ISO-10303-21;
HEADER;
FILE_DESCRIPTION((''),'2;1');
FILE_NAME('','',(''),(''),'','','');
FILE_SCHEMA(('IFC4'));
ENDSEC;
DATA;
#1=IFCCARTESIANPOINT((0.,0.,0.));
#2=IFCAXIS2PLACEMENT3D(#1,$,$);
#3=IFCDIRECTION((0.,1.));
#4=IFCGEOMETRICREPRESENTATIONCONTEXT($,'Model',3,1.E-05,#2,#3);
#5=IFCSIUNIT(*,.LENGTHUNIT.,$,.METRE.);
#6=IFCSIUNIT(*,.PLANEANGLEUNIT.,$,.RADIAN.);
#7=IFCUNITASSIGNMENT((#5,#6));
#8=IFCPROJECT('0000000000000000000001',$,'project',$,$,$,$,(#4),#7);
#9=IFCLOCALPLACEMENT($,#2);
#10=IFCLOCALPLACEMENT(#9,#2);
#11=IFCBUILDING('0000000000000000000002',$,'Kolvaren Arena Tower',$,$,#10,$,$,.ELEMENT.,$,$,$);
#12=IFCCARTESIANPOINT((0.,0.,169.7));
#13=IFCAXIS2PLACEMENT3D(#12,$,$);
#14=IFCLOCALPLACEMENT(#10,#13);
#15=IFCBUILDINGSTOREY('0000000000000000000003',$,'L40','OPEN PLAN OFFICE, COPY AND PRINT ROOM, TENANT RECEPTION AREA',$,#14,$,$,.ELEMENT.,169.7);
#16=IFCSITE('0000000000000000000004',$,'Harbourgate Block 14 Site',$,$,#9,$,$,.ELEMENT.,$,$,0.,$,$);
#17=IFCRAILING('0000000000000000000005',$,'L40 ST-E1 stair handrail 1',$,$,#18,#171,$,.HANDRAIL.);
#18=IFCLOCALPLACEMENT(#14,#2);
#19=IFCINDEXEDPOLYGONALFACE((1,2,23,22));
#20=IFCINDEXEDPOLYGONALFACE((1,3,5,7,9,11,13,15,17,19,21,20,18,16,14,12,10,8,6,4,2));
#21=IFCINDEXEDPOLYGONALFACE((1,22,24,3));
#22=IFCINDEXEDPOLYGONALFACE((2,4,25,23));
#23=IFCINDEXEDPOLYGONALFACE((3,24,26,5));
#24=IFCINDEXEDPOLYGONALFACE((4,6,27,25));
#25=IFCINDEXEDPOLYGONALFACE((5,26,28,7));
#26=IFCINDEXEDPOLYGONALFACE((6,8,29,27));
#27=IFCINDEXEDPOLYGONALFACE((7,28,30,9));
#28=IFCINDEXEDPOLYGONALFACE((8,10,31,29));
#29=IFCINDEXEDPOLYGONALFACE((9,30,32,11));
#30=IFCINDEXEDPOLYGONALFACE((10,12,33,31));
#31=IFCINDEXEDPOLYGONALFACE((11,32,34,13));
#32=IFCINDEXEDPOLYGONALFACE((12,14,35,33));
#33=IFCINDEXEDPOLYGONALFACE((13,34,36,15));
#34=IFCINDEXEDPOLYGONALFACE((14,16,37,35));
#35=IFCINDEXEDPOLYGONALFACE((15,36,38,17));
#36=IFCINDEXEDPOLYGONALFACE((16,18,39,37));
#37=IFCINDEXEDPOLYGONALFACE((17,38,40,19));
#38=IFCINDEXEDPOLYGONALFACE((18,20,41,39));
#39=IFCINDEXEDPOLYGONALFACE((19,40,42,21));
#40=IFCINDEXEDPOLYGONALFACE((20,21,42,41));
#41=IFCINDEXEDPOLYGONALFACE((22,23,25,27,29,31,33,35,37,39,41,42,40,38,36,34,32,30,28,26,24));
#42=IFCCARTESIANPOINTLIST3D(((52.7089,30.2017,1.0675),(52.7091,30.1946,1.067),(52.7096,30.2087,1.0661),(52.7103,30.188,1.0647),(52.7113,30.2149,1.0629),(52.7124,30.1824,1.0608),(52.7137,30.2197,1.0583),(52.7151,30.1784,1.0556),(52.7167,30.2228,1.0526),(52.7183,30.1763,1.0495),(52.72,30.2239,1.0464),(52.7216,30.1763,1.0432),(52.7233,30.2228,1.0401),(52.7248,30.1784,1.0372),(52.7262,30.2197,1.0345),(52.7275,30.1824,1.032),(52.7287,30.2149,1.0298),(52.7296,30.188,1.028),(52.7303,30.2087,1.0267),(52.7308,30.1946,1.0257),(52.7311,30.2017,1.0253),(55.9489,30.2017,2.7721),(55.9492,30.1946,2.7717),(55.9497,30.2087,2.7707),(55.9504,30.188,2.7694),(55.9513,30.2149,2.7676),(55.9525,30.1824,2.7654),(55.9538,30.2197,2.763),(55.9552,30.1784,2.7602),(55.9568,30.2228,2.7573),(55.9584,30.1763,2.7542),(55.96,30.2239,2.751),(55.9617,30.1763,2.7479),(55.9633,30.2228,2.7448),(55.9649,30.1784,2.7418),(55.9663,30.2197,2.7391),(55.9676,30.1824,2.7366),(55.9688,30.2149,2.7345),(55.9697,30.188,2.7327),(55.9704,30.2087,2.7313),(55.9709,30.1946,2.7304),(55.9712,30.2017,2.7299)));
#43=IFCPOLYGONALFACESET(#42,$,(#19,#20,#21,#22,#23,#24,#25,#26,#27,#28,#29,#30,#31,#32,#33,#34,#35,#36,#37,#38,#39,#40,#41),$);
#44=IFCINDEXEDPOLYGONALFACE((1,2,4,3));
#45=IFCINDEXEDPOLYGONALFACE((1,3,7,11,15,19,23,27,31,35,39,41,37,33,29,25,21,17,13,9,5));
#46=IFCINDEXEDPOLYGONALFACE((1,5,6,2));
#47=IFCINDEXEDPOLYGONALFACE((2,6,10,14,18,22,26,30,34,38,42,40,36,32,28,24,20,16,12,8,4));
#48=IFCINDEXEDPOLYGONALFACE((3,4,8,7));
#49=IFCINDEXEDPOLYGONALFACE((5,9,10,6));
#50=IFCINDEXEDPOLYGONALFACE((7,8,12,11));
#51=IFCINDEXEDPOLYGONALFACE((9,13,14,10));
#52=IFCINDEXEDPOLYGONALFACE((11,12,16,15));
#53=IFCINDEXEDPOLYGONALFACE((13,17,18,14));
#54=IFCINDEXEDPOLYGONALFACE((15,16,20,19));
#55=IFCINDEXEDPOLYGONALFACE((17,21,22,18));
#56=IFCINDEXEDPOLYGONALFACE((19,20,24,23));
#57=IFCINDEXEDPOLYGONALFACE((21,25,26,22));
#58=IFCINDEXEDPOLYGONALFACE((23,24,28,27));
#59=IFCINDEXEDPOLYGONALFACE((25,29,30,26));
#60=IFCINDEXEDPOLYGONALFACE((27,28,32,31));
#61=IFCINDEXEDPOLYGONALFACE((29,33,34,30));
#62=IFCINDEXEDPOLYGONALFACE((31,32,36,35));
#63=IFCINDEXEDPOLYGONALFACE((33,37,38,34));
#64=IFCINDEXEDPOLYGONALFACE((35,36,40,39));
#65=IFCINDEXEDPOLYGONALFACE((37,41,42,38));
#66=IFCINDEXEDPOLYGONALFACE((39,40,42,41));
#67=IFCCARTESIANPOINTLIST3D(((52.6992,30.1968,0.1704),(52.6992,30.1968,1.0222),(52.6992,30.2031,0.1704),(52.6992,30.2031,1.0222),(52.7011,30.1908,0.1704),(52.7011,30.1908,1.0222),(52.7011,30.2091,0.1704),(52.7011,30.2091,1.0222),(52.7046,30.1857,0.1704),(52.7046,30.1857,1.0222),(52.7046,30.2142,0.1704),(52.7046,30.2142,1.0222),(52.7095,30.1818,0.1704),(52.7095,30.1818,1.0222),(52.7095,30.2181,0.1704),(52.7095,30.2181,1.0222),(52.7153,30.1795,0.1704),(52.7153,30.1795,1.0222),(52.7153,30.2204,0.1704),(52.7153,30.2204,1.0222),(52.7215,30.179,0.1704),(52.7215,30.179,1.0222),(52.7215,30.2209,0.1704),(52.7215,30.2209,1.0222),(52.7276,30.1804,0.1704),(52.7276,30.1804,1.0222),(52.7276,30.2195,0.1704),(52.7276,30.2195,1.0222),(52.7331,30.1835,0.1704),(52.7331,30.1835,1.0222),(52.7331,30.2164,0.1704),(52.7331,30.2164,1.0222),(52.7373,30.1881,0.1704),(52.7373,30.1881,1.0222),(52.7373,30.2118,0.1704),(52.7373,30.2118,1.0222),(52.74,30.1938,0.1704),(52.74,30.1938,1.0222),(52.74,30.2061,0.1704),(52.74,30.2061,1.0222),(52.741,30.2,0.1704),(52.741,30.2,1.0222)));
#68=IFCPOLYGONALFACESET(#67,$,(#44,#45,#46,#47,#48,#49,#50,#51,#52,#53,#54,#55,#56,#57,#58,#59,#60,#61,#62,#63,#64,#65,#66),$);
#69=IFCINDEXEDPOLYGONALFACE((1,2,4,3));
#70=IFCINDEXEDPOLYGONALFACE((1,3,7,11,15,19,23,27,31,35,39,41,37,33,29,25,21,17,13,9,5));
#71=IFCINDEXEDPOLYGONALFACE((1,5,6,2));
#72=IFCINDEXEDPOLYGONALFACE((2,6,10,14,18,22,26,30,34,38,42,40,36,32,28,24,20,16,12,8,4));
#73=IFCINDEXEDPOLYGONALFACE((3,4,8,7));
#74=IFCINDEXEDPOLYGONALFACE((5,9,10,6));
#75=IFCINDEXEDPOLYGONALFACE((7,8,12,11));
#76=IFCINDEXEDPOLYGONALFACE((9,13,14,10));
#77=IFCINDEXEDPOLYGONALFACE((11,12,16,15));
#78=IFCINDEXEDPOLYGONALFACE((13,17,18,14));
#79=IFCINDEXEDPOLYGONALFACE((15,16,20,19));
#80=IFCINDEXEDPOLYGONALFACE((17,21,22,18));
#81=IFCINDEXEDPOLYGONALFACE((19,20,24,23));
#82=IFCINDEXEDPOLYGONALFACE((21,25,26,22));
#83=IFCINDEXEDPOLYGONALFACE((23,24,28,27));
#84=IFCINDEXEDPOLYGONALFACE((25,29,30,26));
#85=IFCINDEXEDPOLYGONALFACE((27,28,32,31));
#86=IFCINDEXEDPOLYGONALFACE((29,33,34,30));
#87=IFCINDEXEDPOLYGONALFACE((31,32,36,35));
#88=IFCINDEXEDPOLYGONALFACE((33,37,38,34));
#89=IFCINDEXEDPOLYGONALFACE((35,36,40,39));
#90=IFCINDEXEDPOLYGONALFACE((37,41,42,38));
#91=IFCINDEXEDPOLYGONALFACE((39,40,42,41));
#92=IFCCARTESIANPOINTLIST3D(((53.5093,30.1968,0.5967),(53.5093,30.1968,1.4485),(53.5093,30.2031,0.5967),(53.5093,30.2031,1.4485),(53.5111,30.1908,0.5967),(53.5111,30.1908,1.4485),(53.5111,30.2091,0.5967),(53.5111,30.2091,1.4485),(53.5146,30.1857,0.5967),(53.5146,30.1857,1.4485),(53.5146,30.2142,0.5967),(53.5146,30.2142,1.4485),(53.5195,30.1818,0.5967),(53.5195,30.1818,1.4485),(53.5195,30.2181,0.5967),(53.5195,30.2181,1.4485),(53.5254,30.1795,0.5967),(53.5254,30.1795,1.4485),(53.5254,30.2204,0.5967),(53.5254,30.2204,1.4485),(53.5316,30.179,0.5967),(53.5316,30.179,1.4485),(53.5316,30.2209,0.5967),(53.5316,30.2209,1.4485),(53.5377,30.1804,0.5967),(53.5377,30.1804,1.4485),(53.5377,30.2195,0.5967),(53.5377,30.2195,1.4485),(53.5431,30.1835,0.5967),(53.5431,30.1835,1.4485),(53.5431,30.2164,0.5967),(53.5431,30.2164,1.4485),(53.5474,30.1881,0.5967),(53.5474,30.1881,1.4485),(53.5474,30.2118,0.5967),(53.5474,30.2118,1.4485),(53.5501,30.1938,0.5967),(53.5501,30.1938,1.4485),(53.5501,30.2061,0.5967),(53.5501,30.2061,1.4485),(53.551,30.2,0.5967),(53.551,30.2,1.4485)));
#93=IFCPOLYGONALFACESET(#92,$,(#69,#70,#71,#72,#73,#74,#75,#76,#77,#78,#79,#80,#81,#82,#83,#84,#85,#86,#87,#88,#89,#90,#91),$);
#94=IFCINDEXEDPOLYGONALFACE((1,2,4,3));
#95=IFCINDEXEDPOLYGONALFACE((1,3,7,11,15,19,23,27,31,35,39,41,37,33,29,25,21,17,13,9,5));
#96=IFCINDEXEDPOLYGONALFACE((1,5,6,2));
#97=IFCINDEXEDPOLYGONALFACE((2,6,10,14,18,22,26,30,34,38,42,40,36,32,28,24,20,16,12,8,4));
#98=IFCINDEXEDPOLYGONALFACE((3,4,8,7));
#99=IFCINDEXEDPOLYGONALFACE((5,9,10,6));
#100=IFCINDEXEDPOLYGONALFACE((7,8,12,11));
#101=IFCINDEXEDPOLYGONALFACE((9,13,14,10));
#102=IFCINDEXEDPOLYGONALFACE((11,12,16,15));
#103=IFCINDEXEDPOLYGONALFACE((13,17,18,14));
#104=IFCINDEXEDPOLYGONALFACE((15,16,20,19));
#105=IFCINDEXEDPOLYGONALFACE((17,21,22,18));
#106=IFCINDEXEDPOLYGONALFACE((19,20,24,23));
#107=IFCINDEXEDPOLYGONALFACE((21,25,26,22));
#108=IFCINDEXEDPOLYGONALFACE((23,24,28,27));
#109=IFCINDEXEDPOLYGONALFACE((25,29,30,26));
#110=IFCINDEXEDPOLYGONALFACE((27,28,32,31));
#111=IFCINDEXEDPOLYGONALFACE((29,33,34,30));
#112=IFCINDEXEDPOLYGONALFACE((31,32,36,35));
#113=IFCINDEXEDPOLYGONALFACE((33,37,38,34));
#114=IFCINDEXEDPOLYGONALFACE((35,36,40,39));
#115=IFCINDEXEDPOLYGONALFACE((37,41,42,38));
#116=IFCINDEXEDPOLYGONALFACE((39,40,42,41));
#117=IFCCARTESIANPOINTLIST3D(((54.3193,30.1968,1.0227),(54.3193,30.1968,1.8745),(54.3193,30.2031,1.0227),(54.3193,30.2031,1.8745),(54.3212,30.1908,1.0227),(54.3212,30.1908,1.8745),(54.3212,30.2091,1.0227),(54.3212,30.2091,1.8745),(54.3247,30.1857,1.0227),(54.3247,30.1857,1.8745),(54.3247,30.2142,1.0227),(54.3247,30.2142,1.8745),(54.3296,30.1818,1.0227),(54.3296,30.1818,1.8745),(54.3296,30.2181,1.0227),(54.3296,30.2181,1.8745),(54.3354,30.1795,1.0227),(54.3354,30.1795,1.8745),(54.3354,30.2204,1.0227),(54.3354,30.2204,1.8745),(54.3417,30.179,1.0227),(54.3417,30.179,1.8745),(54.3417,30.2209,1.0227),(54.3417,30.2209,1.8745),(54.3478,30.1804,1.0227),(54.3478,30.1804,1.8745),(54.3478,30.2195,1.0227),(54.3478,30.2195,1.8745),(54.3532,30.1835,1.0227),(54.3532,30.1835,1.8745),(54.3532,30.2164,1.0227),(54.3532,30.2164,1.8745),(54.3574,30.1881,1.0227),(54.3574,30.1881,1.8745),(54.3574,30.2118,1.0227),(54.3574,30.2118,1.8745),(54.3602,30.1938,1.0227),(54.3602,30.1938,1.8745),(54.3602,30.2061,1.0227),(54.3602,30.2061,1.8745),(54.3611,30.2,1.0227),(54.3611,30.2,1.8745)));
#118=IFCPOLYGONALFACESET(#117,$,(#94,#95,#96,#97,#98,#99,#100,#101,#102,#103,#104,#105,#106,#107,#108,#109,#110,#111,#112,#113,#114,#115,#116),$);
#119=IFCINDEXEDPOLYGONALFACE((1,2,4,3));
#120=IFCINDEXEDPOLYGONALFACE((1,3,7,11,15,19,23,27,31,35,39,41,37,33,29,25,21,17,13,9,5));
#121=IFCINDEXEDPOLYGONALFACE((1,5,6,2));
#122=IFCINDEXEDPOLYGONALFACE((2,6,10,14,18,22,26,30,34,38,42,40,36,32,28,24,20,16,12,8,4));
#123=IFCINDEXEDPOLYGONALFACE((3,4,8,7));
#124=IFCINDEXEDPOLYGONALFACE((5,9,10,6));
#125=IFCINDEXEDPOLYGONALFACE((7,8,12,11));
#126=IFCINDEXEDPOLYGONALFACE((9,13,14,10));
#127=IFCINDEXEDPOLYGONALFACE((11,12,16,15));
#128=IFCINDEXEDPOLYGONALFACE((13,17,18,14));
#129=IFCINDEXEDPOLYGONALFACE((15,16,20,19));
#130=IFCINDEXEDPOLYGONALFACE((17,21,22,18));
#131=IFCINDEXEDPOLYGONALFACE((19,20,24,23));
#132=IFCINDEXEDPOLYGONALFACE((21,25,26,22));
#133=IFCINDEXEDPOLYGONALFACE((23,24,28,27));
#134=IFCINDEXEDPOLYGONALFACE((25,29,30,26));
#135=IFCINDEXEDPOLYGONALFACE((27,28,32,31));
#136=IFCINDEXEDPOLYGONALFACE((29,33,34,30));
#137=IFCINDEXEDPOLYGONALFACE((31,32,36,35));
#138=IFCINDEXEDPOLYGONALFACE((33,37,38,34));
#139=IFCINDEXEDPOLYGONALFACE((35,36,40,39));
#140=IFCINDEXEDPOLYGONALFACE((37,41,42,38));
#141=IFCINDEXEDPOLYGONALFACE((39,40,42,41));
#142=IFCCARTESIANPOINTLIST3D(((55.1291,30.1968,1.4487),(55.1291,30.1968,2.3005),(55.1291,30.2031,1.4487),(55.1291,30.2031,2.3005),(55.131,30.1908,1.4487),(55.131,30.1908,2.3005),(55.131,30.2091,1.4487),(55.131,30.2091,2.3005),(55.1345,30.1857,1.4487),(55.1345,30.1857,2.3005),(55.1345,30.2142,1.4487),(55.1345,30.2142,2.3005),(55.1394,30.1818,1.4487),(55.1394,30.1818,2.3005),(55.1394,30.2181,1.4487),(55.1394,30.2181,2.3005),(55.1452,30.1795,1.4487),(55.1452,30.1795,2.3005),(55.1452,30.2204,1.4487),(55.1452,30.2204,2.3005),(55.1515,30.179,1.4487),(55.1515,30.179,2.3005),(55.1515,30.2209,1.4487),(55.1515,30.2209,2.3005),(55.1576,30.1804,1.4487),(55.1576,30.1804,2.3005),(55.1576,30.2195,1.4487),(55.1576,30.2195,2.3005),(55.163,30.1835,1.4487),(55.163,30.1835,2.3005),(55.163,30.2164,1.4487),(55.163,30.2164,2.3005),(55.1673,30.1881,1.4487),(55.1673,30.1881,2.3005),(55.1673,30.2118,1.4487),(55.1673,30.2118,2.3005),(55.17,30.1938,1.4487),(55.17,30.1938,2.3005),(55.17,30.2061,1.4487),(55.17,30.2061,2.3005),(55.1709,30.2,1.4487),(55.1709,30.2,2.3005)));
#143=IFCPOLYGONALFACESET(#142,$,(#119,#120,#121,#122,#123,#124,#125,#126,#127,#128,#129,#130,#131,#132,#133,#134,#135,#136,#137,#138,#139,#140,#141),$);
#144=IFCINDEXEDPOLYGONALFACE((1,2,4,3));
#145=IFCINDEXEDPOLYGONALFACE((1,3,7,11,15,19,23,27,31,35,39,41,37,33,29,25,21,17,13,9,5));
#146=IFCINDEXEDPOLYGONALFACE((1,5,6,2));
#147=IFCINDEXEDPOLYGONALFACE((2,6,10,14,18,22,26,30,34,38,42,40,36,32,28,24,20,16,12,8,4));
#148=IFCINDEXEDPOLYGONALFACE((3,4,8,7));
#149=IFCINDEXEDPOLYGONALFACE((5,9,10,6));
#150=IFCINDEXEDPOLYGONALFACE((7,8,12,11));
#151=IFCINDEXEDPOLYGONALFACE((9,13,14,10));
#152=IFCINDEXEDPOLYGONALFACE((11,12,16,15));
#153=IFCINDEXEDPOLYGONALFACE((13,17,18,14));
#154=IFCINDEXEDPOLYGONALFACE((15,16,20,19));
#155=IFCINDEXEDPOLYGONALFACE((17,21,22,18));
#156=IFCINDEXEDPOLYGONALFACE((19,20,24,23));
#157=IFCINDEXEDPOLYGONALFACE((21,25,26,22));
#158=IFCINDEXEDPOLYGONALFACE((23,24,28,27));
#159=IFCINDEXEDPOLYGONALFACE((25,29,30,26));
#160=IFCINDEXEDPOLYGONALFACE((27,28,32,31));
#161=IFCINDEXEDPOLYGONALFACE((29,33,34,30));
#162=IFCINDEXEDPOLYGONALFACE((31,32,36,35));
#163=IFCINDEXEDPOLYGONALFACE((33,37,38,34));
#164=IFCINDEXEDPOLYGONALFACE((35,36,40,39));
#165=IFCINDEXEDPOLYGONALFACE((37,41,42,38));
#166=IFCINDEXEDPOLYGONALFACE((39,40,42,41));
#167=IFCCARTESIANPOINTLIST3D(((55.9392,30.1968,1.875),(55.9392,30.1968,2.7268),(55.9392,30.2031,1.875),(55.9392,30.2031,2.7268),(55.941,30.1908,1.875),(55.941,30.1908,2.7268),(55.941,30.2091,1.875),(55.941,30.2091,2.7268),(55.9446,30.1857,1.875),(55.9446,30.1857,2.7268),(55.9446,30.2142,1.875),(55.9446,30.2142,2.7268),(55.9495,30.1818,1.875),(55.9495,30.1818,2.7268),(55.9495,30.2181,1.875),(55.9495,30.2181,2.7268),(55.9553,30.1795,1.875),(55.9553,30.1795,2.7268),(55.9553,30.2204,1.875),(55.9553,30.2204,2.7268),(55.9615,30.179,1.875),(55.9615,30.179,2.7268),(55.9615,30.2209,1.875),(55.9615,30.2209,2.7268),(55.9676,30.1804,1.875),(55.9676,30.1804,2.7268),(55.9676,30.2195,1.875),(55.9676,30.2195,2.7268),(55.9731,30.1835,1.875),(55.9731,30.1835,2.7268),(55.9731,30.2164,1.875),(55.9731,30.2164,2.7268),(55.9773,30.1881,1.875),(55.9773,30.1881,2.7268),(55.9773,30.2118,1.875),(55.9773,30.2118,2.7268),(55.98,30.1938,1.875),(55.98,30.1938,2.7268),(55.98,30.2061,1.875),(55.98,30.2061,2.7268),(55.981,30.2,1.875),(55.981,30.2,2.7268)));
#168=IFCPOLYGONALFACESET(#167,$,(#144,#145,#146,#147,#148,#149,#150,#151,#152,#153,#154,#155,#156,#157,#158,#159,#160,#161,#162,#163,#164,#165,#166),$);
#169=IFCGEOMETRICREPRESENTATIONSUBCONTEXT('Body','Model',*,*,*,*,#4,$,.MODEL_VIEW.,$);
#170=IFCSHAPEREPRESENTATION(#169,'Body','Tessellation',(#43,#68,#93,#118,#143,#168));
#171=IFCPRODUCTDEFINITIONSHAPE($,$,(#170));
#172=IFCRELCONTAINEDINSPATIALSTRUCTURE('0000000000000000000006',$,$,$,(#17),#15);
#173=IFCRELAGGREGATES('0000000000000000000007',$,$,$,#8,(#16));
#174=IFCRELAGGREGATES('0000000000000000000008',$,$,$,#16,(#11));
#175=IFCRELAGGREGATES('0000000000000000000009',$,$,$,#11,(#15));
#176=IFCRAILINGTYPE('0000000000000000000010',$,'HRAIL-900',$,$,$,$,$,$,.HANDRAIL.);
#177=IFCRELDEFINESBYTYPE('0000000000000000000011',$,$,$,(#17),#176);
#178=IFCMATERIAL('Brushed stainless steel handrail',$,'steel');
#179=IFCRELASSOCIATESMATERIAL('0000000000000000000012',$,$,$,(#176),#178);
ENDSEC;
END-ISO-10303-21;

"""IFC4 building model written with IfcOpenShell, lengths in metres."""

from ifc_helpers import new_model, si_unit, direction, frame, origin, origin_2d, place, context, subcontext, project, spatial, circle, extrude, material, type_object, element, save


model = new_model("IFC4")

# Units and contexts
model_context = context("Model", 3, precision=1e-05, world=origin(), true_north=direction((0.0, 1.0)))
body_context = subcontext(model_context, "Body", "Model", "MODEL_VIEW")
ifc_project = project(units=[si_unit("LENGTHUNIT", "METRE"), si_unit("PLANEANGLEUNIT", "RADIAN")], contexts=[model_context])

# Site, building, storey
site_placement = place(None, origin())
site = spatial("IfcSite", under=ifc_project, at=site_placement, Name="Harbourgate Block 14 Site", CompositionType="ELEMENT", RefElevation=0.0)
building_placement = place(site_placement, origin())
building = spatial("IfcBuilding", under=site, at=building_placement, Name="Kolvaren Arena Tower", CompositionType="ELEMENT")
storey_placement = place(building_placement, frame((0.0, 0.0, 169.7)))
storey = spatial("IfcBuildingStorey", under=building, at=storey_placement, Name="L40", Description="OPEN PLAN OFFICE, COPY AND PRINT ROOM, TENANT RECEPTION AREA", CompositionType="ELEMENT", Elevation=169.7)

# Railing
ifc_material_1 = material(Name="Brushed stainless steel handrail", Category="steel")
railing_type_1 = type_object("IfcRailingType", Name="HRAIL-900", PredefinedType="HANDRAIL", material=ifc_material_1)
railing_1_placement = place(storey_placement, frame((52.72, 30.2, 0.1704)))
element("IfcRailing", 1, at=railing_1_placement, inside=storey, type_object=railing_type_1, Name="L40 ST-E1 stair handrail 1", PredefinedType="HANDRAIL", context=body_context, shape_type="SweptSolid", body=[
    extrude(circle(Radius=0.0239, at=origin_2d()), frame((0.0, 0.0, 0.876), z_axis=(0.884993, 0.0, 0.465604), x_axis=(0.0, 1.0, 0.0)), (0.0, 0.0, 1.0), 3.6611),
    extrude(circle(Radius=0.021, at=origin_2d()), origin(), (0.0, 0.0, 1.0), 0.8518),
    extrude(circle(Radius=0.021, at=origin_2d()), frame((0.8101, 0.0, 0.4263)), (0.0, 0.0, 1.0), 0.8518),
    extrude(circle(Radius=0.021, at=origin_2d()), frame((1.6201, 0.0, 0.8523)), (0.0, 0.0, 1.0), 0.8518),
    extrude(circle(Radius=0.021, at=origin_2d()), frame((2.4299, 0.0, 1.2783)), (0.0, 0.0, 1.0), 0.8518),
    extrude(circle(Radius=0.021, at=origin_2d()), frame((3.24, 0.0, 1.7046)), (0.0, 0.0, 1.0), 0.8518),
])

save(model, "model.ifc")
